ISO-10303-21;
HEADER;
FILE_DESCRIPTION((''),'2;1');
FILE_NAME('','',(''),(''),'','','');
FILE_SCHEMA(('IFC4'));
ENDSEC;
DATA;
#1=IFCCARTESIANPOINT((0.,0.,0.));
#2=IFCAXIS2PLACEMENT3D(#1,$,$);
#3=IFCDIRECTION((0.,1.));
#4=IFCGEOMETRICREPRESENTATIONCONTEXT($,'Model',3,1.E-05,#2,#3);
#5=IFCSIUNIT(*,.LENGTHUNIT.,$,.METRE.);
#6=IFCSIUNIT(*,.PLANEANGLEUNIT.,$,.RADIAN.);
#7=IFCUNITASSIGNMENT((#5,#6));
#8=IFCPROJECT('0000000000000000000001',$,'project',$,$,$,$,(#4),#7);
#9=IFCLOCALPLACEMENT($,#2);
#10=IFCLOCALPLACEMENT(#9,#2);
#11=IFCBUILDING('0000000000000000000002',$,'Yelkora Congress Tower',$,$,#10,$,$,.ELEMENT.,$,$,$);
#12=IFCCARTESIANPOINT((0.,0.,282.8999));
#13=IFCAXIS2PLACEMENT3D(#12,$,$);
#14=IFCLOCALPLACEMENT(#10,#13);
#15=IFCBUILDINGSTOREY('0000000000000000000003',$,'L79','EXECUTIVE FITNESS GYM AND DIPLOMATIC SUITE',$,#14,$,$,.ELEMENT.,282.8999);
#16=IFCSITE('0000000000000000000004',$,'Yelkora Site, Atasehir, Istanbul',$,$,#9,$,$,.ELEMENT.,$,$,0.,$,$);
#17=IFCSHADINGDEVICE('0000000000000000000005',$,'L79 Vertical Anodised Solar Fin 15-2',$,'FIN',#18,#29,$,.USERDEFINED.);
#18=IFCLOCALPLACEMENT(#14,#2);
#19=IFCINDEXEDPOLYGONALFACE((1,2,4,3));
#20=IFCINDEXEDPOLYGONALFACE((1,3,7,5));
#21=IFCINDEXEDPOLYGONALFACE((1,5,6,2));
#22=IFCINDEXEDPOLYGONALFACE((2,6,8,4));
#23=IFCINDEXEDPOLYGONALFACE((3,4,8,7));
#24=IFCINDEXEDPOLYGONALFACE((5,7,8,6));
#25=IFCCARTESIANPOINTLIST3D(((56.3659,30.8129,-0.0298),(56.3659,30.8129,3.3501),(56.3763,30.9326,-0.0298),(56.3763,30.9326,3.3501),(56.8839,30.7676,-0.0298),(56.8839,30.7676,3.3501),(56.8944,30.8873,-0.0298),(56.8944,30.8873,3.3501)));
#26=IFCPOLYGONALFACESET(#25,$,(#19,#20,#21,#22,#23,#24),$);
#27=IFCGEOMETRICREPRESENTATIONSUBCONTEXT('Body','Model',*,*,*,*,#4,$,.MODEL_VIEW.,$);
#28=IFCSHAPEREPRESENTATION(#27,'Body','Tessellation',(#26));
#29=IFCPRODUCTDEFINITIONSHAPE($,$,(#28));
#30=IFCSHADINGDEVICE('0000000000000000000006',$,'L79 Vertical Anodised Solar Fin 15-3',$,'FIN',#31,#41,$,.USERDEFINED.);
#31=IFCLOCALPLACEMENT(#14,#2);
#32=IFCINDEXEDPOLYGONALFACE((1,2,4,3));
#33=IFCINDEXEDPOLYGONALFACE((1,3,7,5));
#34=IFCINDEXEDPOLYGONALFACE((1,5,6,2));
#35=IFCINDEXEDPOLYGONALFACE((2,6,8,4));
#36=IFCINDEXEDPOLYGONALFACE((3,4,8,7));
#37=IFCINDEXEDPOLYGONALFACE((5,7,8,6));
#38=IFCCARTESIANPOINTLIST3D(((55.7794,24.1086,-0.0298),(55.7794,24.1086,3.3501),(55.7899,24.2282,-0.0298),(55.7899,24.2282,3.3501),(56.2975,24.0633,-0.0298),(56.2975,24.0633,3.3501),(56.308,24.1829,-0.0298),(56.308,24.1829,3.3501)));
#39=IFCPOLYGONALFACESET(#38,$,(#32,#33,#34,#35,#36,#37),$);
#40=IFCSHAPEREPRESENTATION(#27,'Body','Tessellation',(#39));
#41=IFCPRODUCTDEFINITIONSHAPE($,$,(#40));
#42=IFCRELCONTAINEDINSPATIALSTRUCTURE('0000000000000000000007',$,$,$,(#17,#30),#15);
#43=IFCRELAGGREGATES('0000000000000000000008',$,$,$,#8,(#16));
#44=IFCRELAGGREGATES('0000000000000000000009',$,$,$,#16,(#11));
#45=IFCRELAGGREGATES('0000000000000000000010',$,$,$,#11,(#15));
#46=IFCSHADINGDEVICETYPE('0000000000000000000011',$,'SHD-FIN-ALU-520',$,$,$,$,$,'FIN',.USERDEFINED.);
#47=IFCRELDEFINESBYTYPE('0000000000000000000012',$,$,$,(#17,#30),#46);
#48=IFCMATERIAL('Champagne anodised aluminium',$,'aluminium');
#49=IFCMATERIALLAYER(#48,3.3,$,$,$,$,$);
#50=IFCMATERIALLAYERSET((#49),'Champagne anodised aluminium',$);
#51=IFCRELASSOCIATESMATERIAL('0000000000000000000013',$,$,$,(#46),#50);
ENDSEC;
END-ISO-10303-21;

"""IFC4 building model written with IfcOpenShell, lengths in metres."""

from ifc_helpers import new_model, si_unit, direction, frame, origin, origin_2d, place, context, subcontext, project, spatial, rectangle, extrude, material, layer, layer_set, type_object, element, save


model = new_model("IFC4")

# Units and contexts
model_context = context("Model", 3, precision=1e-05, world=origin(), true_north=direction((0.0, 1.0)))
body_context = subcontext(model_context, "Body", "Model", "MODEL_VIEW")
ifc_project = project(units=[si_unit("LENGTHUNIT", "METRE"), si_unit("PLANEANGLEUNIT", "RADIAN")], contexts=[model_context])

# Site, building, storey
site_placement = place(None, origin())
site = spatial("IfcSite", under=ifc_project, at=site_placement, Name="Yelkora Site, Atasehir, Istanbul", CompositionType="ELEMENT", RefElevation=0.0)
building_placement = place(site_placement, origin())
building = spatial("IfcBuilding", under=site, at=building_placement, Name="Yelkora Congress Tower", CompositionType="ELEMENT")
storey_placement = place(building_placement, frame((0.0, 0.0, 282.8999)))
storey = spatial("IfcBuildingStorey", under=building, at=storey_placement, Name="L79", Description="EXECUTIVE FITNESS GYM AND DIPLOMATIC SUITE", CompositionType="ELEMENT", Elevation=282.8999)

# Shading devices
ifc_material_1 = material(Name="Champagne anodised aluminium", Category="aluminium")
ifc_layer_1 = layer(ifc_material_1, 3.3)
ifc_layer_set_1 = layer_set([ifc_layer_1], Name="Champagne anodised aluminium")
shading_device_type = type_object("IfcShadingDeviceType", Name="SHD-FIN-ALU-520", ElementType="FIN", PredefinedType="USERDEFINED", material=ifc_layer_set_1)
for number, where, z_axis, x_axis, name in (
    (1, (56.6301, 30.8501, -0.0298), (0.0, 0.0, 1.0), (-0.087156, -0.996195, 0.0), "L79 Vertical Anodised Solar Fin 15-2"),
    (2, (56.0437, 24.1458, -0.0298), (0.0, 0.0, 1.0), (-0.087156, -0.996195, 0.0), "L79 Vertical Anodised Solar Fin 15-3"),
):
    element("IfcShadingDevice", number, at=place(storey_placement, frame(where, z_axis=z_axis, x_axis=x_axis)), inside=storey, type_object=shading_device_type, Name=name, ObjectType="FIN", PredefinedType="USERDEFINED", context=body_context, shape_type="SweptSolid", body=[
        extrude(rectangle(XDim=0.1201, YDim=0.52, at=origin_2d()), origin(), (0.0, 0.0, 1.0), 3.3799),
    ])

save(model, "model.ifc")
